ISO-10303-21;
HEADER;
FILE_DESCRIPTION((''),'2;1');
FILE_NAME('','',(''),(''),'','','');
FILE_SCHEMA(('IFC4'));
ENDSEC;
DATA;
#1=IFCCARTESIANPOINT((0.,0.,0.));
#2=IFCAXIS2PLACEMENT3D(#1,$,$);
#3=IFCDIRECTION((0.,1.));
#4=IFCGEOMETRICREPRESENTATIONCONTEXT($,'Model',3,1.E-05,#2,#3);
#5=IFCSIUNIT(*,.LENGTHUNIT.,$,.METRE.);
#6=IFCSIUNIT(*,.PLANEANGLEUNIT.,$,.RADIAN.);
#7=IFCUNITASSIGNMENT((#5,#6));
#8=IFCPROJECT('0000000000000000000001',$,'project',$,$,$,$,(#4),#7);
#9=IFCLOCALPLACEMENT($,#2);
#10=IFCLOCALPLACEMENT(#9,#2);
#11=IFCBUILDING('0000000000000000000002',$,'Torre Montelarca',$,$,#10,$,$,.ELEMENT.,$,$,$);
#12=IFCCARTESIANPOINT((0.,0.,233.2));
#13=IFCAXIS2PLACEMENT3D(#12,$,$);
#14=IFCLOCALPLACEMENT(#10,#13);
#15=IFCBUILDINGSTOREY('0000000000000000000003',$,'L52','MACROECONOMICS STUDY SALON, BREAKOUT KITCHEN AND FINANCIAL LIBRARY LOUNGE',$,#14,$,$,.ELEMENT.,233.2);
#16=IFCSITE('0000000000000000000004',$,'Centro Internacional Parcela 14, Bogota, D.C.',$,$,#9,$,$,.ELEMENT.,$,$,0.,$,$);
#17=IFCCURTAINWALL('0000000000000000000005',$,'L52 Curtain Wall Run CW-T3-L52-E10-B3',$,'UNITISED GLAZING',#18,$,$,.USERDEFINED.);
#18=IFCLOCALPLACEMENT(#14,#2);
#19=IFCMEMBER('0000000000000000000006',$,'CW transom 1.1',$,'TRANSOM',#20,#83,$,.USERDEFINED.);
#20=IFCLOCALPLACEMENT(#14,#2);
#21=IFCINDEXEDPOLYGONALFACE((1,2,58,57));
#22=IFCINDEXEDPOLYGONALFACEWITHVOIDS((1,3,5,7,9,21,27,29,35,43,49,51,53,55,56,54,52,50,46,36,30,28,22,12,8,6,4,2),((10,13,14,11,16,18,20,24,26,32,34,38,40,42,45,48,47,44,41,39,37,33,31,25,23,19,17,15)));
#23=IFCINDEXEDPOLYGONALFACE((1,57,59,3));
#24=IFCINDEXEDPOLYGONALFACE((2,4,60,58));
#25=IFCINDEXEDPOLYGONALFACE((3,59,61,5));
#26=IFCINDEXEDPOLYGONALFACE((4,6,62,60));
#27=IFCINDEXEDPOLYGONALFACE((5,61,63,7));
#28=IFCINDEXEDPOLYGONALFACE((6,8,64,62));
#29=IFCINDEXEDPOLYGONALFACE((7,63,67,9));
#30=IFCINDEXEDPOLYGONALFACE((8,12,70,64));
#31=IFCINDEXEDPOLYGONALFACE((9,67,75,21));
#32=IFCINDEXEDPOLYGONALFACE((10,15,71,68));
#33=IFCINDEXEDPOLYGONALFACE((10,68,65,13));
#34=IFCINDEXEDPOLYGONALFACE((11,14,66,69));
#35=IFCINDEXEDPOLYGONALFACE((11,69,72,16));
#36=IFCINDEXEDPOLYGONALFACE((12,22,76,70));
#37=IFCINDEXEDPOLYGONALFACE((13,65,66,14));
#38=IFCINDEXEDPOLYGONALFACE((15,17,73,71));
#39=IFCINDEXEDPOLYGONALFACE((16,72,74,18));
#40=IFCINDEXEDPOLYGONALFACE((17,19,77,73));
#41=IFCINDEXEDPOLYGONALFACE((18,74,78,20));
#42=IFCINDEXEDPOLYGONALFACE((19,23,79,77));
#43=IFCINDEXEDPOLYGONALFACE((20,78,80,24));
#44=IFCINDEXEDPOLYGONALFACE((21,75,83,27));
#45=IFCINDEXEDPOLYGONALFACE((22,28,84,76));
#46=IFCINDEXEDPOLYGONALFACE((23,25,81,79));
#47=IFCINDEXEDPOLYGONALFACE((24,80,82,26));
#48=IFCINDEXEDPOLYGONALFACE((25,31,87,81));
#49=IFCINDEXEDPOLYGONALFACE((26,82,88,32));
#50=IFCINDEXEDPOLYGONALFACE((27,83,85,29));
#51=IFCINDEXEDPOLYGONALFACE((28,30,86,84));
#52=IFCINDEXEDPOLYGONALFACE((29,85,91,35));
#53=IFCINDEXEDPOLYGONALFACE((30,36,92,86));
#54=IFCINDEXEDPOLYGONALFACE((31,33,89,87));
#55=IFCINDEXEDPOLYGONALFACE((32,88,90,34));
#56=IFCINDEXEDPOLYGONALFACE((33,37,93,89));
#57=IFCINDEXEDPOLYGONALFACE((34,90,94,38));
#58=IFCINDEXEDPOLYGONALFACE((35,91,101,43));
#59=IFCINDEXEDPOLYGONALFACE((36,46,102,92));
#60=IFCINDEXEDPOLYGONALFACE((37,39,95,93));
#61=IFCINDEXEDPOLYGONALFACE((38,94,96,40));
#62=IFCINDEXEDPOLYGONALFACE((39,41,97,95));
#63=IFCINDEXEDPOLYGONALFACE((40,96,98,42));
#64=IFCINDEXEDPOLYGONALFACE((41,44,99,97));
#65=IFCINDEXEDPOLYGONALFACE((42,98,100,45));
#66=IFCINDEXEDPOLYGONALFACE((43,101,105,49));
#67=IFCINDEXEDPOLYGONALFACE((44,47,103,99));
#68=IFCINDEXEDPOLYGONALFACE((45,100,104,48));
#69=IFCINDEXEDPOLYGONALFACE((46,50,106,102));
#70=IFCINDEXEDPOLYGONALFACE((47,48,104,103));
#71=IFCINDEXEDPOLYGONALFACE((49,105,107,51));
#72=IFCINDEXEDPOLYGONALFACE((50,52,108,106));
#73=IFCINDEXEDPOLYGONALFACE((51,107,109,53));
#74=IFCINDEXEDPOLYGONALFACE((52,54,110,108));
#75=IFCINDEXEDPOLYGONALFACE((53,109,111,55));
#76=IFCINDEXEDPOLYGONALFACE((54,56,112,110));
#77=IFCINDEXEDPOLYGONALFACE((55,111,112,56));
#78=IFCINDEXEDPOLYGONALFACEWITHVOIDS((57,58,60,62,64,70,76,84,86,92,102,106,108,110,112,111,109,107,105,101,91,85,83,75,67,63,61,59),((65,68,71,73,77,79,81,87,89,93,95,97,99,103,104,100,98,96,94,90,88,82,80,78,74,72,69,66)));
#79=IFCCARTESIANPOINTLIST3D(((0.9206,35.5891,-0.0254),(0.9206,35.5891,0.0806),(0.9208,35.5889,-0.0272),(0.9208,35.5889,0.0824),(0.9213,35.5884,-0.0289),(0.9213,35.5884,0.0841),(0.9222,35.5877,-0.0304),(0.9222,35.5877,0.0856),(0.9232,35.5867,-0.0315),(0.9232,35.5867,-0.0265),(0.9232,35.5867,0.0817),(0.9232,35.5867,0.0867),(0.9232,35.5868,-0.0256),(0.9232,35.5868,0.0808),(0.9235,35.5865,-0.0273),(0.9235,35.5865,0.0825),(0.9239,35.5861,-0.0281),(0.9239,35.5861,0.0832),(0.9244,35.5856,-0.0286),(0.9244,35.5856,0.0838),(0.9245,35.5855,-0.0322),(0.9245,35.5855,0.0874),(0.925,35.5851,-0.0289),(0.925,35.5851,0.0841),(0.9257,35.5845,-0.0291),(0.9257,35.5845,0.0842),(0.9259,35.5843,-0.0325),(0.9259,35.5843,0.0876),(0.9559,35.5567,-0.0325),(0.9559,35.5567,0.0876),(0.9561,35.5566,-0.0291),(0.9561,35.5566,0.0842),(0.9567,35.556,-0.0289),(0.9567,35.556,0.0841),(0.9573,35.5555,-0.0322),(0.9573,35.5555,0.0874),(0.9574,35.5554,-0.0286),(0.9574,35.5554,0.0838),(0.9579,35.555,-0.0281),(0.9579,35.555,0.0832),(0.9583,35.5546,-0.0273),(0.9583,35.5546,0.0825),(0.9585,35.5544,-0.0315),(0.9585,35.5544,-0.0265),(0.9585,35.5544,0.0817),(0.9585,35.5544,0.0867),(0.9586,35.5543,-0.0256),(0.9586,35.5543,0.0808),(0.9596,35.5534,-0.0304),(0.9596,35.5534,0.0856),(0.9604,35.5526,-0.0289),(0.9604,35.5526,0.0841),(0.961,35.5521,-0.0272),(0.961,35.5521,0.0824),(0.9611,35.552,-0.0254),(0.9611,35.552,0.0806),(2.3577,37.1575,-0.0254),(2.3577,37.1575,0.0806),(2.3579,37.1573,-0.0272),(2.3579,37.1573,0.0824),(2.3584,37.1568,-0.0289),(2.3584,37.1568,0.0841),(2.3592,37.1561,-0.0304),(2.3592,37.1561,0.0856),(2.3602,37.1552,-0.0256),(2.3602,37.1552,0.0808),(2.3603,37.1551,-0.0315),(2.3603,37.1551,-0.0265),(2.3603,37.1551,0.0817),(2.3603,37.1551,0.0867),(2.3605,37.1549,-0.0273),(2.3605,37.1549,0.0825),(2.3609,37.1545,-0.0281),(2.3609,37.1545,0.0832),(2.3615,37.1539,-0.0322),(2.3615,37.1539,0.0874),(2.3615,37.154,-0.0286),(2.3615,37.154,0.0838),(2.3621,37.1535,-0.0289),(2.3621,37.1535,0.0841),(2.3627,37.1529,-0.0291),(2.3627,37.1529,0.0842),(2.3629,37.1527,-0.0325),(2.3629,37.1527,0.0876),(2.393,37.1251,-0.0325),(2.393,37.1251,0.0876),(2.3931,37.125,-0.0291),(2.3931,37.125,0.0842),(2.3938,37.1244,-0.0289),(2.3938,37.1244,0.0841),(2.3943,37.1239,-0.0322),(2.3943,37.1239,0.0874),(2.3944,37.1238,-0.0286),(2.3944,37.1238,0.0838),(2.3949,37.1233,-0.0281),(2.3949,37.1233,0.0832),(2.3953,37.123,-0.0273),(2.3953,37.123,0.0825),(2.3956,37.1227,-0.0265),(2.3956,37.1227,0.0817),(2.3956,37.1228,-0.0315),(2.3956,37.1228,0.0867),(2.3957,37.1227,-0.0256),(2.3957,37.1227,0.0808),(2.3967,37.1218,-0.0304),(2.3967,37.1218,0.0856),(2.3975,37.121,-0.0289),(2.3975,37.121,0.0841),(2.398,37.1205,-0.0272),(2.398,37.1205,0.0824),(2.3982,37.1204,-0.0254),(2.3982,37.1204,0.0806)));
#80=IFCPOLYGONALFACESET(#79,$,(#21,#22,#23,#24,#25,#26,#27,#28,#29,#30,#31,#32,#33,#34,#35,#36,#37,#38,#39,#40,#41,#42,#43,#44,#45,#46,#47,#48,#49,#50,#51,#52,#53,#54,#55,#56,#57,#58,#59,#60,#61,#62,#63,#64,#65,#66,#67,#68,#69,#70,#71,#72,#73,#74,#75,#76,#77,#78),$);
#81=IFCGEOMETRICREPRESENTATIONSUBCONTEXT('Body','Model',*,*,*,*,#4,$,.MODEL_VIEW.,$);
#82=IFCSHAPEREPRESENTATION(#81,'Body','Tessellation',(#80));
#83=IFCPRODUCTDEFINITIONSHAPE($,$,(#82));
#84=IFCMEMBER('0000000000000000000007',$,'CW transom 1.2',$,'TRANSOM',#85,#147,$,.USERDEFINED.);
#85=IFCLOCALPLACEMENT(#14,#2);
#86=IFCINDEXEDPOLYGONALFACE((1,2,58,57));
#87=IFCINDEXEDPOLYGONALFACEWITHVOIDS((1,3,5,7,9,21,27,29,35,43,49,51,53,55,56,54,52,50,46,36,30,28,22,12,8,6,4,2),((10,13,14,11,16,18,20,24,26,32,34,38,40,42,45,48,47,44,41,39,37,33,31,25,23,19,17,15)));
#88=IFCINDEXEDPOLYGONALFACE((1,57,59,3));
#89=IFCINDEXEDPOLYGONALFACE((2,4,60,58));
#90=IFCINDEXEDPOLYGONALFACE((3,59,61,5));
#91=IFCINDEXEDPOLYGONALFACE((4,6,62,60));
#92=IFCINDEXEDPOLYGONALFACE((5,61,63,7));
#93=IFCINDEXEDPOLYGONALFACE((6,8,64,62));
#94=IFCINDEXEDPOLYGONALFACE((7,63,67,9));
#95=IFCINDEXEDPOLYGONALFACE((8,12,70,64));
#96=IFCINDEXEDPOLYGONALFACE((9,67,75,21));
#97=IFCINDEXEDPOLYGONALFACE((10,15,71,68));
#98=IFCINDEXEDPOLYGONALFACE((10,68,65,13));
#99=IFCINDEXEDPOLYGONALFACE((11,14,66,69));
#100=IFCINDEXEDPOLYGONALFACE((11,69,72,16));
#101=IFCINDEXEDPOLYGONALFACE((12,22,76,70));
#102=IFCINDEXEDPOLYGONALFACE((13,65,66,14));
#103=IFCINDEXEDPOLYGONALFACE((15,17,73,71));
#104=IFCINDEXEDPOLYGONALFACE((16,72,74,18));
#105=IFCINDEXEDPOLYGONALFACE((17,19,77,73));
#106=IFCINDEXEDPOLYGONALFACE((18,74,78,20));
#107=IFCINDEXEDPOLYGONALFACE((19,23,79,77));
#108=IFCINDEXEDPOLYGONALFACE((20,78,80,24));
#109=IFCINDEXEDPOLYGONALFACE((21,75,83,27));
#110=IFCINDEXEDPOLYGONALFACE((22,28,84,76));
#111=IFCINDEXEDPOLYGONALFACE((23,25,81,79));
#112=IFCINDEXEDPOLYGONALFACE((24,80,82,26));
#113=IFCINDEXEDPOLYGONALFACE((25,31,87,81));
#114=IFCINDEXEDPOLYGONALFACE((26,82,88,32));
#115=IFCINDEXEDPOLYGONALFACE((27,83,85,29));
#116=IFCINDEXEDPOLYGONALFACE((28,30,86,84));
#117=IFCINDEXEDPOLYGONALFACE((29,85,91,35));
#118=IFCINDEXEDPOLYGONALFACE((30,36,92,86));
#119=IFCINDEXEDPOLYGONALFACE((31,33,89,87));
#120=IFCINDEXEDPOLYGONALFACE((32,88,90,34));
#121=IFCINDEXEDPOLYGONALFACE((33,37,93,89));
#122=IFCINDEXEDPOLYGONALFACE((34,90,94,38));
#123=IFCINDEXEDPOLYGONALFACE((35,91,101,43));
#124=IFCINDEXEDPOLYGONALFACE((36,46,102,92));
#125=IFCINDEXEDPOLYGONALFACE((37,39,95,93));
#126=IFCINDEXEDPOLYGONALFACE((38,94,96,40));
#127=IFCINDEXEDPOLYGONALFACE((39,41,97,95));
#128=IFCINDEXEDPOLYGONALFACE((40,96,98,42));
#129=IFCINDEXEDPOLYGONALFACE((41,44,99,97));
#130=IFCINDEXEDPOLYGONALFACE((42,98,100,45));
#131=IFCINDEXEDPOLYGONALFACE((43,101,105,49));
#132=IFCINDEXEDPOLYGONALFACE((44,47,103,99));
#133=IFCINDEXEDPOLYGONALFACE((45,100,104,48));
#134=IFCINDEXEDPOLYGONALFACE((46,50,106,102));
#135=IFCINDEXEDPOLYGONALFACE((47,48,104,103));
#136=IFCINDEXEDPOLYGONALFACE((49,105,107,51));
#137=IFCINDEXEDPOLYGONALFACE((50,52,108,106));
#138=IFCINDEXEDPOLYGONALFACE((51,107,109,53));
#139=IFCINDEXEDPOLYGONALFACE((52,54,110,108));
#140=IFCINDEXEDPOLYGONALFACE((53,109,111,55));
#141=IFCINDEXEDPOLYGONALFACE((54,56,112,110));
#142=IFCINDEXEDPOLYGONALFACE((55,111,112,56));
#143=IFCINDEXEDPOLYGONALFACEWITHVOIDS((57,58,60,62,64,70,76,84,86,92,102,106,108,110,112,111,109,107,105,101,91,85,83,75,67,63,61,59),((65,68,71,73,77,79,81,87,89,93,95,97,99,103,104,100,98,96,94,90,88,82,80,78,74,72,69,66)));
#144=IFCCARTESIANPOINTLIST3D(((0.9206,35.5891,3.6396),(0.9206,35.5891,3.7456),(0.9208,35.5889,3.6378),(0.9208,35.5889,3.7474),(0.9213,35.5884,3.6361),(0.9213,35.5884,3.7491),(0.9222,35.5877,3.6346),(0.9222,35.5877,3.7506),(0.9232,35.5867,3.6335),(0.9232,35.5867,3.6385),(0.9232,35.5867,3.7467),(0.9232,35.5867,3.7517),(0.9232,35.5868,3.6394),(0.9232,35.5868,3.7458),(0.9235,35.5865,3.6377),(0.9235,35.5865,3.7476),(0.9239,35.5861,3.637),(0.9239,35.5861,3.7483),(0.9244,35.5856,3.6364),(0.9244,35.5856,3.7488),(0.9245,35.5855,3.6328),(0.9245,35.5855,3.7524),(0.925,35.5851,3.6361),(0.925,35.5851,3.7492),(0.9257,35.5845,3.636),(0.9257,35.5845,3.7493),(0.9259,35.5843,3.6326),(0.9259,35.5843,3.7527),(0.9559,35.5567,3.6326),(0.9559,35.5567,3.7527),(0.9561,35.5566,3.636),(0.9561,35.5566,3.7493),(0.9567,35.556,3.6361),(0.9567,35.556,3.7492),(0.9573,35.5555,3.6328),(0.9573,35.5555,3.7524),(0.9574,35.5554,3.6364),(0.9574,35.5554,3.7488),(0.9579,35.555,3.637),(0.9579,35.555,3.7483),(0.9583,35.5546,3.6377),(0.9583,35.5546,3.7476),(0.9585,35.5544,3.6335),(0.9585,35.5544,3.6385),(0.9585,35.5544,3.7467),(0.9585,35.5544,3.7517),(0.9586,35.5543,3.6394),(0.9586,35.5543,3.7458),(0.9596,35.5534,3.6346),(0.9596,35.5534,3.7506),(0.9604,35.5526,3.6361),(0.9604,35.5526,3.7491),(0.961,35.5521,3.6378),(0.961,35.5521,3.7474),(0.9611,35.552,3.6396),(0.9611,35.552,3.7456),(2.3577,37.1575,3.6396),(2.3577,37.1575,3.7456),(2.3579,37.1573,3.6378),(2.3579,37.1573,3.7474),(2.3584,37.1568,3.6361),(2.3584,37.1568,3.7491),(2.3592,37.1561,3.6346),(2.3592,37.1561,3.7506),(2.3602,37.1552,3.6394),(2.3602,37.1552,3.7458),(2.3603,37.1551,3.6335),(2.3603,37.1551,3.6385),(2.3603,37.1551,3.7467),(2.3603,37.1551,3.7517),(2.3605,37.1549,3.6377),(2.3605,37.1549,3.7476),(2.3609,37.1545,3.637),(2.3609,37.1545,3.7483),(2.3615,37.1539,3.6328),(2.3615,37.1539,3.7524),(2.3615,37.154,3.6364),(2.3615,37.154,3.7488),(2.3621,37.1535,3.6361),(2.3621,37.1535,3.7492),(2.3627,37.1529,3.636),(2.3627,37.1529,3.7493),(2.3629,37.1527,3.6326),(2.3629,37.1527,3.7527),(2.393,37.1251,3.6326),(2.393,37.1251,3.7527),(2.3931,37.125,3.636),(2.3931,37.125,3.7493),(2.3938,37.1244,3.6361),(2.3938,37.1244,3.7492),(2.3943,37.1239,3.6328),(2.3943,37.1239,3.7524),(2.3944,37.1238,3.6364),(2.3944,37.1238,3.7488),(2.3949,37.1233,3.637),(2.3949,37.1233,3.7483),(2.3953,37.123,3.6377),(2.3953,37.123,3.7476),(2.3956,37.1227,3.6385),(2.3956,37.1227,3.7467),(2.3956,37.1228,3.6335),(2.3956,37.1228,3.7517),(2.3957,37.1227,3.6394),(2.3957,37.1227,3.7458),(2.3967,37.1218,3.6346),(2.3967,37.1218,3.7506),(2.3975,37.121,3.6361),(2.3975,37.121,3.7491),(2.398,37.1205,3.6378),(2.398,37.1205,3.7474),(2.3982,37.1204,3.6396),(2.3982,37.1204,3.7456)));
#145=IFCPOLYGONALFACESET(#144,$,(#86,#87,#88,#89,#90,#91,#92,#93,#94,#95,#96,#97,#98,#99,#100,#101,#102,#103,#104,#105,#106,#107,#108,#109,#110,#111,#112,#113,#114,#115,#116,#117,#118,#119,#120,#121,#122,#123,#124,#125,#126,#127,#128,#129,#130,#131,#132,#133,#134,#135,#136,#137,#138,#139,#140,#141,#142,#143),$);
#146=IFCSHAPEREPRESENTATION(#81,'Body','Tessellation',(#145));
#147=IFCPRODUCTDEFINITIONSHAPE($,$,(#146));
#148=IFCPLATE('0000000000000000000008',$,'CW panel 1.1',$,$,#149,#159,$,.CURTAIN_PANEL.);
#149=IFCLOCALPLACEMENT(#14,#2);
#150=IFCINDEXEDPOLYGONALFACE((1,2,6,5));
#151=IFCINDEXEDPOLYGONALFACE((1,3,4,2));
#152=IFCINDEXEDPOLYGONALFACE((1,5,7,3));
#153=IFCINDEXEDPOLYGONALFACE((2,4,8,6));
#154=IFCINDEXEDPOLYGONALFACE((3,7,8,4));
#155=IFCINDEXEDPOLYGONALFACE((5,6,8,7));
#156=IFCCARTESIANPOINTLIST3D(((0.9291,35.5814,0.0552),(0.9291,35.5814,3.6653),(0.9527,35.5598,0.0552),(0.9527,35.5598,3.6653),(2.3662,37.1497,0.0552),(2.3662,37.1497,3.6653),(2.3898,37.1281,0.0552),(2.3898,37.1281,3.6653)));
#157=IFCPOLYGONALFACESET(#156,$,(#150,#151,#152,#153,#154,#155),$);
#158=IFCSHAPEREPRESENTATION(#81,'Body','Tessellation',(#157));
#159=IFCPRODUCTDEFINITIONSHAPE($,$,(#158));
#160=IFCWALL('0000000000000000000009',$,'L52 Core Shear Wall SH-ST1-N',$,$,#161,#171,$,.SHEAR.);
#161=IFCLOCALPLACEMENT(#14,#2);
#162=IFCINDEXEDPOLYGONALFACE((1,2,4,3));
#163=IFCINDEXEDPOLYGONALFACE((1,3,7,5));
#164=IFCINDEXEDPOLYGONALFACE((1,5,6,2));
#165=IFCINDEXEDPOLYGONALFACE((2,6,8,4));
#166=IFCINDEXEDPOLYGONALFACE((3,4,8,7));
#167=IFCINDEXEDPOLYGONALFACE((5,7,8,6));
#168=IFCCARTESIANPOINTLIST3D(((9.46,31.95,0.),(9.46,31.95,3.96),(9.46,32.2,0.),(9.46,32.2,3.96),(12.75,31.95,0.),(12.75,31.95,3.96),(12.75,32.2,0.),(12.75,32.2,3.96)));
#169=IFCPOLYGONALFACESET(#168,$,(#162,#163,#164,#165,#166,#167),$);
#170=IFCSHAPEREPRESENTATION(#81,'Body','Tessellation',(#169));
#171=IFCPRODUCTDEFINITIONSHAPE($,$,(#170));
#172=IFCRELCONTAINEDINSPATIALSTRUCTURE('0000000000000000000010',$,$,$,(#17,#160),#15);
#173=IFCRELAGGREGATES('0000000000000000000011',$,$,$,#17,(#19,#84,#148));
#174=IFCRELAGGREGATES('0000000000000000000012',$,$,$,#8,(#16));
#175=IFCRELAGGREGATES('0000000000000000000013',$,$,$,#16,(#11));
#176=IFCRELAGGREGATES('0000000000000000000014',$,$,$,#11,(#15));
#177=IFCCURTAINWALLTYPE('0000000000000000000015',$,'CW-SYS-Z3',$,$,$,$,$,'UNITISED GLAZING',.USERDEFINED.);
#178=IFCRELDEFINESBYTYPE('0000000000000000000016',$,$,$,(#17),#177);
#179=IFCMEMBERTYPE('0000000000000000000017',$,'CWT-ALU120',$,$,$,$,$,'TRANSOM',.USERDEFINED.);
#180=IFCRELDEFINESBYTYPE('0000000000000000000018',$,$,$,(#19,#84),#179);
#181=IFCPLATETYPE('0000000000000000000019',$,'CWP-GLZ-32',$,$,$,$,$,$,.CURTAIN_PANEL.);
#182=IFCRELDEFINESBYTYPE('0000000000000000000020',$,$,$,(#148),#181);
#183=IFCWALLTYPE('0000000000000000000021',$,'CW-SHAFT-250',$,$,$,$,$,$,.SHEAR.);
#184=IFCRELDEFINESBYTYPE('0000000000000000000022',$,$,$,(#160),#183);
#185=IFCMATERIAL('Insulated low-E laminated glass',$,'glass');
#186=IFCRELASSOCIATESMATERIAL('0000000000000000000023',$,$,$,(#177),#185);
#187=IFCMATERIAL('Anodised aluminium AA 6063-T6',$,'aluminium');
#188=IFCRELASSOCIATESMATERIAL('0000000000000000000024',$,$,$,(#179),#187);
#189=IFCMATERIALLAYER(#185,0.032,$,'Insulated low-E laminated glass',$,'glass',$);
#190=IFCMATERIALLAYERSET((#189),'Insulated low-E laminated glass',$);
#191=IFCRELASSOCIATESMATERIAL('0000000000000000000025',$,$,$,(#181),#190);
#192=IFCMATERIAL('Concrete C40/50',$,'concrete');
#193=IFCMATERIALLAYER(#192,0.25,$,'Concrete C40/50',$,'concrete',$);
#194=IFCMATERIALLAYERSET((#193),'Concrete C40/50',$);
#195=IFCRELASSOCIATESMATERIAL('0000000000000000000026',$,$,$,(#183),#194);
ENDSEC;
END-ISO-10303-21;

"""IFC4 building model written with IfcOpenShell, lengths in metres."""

from ifc_helpers import new_model, si_unit, direction, frame, frame_2d, origin, origin_2d, place, context, subcontext, project, spatial, rectangle, hollow_rectangle, extrude, source, transform, mapped, material, layer, layer_set, material_profile, profile_set, type_object, element, aggregate, save


model = new_model("IFC4")

# Units and contexts
model_context = context("Model", 3, precision=1e-05, world=origin(), true_north=direction((0.0, 1.0)))
body_context = subcontext(model_context, "Body", "Model", "MODEL_VIEW")
ifc_project = project(units=[si_unit("LENGTHUNIT", "METRE"), si_unit("PLANEANGLEUNIT", "RADIAN")], contexts=[model_context])

# Site, building, storey
site_placement = place(None, origin())
site = spatial("IfcSite", under=ifc_project, at=site_placement, Name="Centro Internacional Parcela 14, Bogota, D.C.", CompositionType="ELEMENT", RefElevation=0.0)
building_placement = place(site_placement, origin())
building = spatial("IfcBuilding", under=site, at=building_placement, Name="Torre Montelarca", CompositionType="ELEMENT")
storey_placement = place(building_placement, frame((0.0, 0.0, 233.2)))
storey = spatial("IfcBuildingStorey", under=building, at=storey_placement, Name="L52", Description="MACROECONOMICS STUDY SALON, BREAKOUT KITCHEN AND FINANCIAL LIBRARY LOUNGE", CompositionType="ELEMENT", Elevation=233.2)

# Curtain wall, members, plate
ifc_material_1 = material(Name="Insulated low-E laminated glass", Category="glass")
curtain_wall_type = type_object("IfcCurtainWallType", Name="CW-SYS-Z3", ElementType="UNITISED GLAZING", PredefinedType="USERDEFINED", material=ifc_material_1)
curtain_wall_placement = place(storey_placement, origin())
curtain_wall = element("IfcCurtainWall", 1, at=curtain_wall_placement, inside=storey, type_object=curtain_wall_type, Name="L52 Curtain Wall Run CW-T3-L52-E10-B3", ObjectType="UNITISED GLAZING", PredefinedType="USERDEFINED")
ifc_material_2 = material(Name="Anodised aluminium AA 6063-T6", Category="aluminium")
ifc_material_profile_1 = material_profile(ifc_material_2, hollow_rectangle(XDim=0.0549, YDim=0.1201, WallThickness=0.0034, InnerFilletRadius=0.0034, OuterFilletRadius=0.0071, at=origin_2d()), Name="ALU55X120X3.5", Category="aluminium")
ifc_profile_set_1 = profile_set([ifc_material_profile_1], Name="Anodised aluminium AA 6063-T6")
member_type_1 = type_object("IfcMemberType", Name="CWT-ALU120", ElementType="TRANSOM", PredefinedType="USERDEFINED", material=ifc_profile_set_1)
shared_shape_1 = source(origin(), body_context, "Body", "SweptSolid", [
    extrude(hollow_rectangle(XDim=0.0549, YDim=0.1201, WallThickness=0.0034, InnerFilletRadius=0.0034, OuterFilletRadius=0.0071, at=origin_2d()), origin(), (0.0, 0.0, 1.0), 2.1272),
])
member_1_placement = place(storey_placement, frame((2.3779, 37.1389, 0.0276), z_axis=(-0.675558, -0.737307, 0.0), x_axis=(0.737307, -0.675558, 0.0)))
member_1 = element("IfcMember", 2, at=member_1_placement, type_object=member_type_1, Name="CW transom 1.1", ObjectType="TRANSOM", PredefinedType="USERDEFINED", context=body_context, shape_type="MappedRepresentation", body=[
    mapped(shared_shape_1, transform((0.0, 0.0, 0.0), scale=1.0)),
])
member_2_placement = place(storey_placement, frame((2.3779, 37.1389, 3.6926), z_axis=(-0.675558, -0.737307, 0.0), x_axis=(0.737307, -0.675558, 0.0)))
member_2 = element("IfcMember", 3, at=member_2_placement, type_object=member_type_1, Name="CW transom 1.2", ObjectType="TRANSOM", PredefinedType="USERDEFINED", context=body_context, shape_type="MappedRepresentation", body=[
    mapped(shared_shape_1, transform((0.0, 0.0, 0.0), scale=1.0)),
])
ifc_layer_1 = layer(ifc_material_1, 0.032, Name="Insulated low-E laminated glass", Category="glass")
ifc_layer_set_1 = layer_set([ifc_layer_1], Name="Insulated low-E laminated glass")
plate_type = type_object("IfcPlateType", Name="CWP-GLZ-32", PredefinedType="CURTAIN_PANEL", material=ifc_layer_set_1)
shared_shape_2 = source(origin(), body_context, "Body", "SweptSolid", [
    extrude(rectangle(XDim=2.1272, YDim=0.032, at=origin_2d()), origin(), (0.0, 0.0, 1.0), 3.6101),
])
plate_placement = place(storey_placement, frame((1.6594, 36.3547, 0.0552), z_axis=(0.0, 0.0, 1.0), x_axis=(-0.67558, -0.737287, 0.0)))
plate = element("IfcPlate", 4, at=plate_placement, type_object=plate_type, Name="CW panel 1.1", PredefinedType="CURTAIN_PANEL", context=body_context, shape_type="MappedRepresentation", body=[
    mapped(shared_shape_2, transform((0.0, 0.0, 0.0), scale=1.0)),
])
aggregate(curtain_wall, [member_1, member_2, plate])

# Wall
ifc_material_3 = material(Name="Concrete C40/50", Category="concrete")
ifc_layer_2 = layer(ifc_material_3, 0.25, Name="Concrete C40/50", Category="concrete")
ifc_layer_set_2 = layer_set([ifc_layer_2], Name="Concrete C40/50")
wall_type_1 = type_object("IfcWallType", Name="CW-SHAFT-250", PredefinedType="SHEAR", material=ifc_layer_set_2)
wall_1_placement = place(storey_placement, frame((9.46, 32.075, 0.0), z_axis=(0.0, 0.0, 1.0), x_axis=(1.0, 0.0, 0.0)))
element("IfcWall", 5, at=wall_1_placement, inside=storey, type_object=wall_type_1, Name="L52 Core Shear Wall SH-ST1-N", PredefinedType="SHEAR", context=body_context, shape_type="SweptSolid", body=[
    extrude(rectangle(XDim=3.29, YDim=0.25, at=frame_2d((1.645, 0.0))), origin(), (0.0, 0.0, 1.0), 3.96),
])

save(model, "model.ifc")
